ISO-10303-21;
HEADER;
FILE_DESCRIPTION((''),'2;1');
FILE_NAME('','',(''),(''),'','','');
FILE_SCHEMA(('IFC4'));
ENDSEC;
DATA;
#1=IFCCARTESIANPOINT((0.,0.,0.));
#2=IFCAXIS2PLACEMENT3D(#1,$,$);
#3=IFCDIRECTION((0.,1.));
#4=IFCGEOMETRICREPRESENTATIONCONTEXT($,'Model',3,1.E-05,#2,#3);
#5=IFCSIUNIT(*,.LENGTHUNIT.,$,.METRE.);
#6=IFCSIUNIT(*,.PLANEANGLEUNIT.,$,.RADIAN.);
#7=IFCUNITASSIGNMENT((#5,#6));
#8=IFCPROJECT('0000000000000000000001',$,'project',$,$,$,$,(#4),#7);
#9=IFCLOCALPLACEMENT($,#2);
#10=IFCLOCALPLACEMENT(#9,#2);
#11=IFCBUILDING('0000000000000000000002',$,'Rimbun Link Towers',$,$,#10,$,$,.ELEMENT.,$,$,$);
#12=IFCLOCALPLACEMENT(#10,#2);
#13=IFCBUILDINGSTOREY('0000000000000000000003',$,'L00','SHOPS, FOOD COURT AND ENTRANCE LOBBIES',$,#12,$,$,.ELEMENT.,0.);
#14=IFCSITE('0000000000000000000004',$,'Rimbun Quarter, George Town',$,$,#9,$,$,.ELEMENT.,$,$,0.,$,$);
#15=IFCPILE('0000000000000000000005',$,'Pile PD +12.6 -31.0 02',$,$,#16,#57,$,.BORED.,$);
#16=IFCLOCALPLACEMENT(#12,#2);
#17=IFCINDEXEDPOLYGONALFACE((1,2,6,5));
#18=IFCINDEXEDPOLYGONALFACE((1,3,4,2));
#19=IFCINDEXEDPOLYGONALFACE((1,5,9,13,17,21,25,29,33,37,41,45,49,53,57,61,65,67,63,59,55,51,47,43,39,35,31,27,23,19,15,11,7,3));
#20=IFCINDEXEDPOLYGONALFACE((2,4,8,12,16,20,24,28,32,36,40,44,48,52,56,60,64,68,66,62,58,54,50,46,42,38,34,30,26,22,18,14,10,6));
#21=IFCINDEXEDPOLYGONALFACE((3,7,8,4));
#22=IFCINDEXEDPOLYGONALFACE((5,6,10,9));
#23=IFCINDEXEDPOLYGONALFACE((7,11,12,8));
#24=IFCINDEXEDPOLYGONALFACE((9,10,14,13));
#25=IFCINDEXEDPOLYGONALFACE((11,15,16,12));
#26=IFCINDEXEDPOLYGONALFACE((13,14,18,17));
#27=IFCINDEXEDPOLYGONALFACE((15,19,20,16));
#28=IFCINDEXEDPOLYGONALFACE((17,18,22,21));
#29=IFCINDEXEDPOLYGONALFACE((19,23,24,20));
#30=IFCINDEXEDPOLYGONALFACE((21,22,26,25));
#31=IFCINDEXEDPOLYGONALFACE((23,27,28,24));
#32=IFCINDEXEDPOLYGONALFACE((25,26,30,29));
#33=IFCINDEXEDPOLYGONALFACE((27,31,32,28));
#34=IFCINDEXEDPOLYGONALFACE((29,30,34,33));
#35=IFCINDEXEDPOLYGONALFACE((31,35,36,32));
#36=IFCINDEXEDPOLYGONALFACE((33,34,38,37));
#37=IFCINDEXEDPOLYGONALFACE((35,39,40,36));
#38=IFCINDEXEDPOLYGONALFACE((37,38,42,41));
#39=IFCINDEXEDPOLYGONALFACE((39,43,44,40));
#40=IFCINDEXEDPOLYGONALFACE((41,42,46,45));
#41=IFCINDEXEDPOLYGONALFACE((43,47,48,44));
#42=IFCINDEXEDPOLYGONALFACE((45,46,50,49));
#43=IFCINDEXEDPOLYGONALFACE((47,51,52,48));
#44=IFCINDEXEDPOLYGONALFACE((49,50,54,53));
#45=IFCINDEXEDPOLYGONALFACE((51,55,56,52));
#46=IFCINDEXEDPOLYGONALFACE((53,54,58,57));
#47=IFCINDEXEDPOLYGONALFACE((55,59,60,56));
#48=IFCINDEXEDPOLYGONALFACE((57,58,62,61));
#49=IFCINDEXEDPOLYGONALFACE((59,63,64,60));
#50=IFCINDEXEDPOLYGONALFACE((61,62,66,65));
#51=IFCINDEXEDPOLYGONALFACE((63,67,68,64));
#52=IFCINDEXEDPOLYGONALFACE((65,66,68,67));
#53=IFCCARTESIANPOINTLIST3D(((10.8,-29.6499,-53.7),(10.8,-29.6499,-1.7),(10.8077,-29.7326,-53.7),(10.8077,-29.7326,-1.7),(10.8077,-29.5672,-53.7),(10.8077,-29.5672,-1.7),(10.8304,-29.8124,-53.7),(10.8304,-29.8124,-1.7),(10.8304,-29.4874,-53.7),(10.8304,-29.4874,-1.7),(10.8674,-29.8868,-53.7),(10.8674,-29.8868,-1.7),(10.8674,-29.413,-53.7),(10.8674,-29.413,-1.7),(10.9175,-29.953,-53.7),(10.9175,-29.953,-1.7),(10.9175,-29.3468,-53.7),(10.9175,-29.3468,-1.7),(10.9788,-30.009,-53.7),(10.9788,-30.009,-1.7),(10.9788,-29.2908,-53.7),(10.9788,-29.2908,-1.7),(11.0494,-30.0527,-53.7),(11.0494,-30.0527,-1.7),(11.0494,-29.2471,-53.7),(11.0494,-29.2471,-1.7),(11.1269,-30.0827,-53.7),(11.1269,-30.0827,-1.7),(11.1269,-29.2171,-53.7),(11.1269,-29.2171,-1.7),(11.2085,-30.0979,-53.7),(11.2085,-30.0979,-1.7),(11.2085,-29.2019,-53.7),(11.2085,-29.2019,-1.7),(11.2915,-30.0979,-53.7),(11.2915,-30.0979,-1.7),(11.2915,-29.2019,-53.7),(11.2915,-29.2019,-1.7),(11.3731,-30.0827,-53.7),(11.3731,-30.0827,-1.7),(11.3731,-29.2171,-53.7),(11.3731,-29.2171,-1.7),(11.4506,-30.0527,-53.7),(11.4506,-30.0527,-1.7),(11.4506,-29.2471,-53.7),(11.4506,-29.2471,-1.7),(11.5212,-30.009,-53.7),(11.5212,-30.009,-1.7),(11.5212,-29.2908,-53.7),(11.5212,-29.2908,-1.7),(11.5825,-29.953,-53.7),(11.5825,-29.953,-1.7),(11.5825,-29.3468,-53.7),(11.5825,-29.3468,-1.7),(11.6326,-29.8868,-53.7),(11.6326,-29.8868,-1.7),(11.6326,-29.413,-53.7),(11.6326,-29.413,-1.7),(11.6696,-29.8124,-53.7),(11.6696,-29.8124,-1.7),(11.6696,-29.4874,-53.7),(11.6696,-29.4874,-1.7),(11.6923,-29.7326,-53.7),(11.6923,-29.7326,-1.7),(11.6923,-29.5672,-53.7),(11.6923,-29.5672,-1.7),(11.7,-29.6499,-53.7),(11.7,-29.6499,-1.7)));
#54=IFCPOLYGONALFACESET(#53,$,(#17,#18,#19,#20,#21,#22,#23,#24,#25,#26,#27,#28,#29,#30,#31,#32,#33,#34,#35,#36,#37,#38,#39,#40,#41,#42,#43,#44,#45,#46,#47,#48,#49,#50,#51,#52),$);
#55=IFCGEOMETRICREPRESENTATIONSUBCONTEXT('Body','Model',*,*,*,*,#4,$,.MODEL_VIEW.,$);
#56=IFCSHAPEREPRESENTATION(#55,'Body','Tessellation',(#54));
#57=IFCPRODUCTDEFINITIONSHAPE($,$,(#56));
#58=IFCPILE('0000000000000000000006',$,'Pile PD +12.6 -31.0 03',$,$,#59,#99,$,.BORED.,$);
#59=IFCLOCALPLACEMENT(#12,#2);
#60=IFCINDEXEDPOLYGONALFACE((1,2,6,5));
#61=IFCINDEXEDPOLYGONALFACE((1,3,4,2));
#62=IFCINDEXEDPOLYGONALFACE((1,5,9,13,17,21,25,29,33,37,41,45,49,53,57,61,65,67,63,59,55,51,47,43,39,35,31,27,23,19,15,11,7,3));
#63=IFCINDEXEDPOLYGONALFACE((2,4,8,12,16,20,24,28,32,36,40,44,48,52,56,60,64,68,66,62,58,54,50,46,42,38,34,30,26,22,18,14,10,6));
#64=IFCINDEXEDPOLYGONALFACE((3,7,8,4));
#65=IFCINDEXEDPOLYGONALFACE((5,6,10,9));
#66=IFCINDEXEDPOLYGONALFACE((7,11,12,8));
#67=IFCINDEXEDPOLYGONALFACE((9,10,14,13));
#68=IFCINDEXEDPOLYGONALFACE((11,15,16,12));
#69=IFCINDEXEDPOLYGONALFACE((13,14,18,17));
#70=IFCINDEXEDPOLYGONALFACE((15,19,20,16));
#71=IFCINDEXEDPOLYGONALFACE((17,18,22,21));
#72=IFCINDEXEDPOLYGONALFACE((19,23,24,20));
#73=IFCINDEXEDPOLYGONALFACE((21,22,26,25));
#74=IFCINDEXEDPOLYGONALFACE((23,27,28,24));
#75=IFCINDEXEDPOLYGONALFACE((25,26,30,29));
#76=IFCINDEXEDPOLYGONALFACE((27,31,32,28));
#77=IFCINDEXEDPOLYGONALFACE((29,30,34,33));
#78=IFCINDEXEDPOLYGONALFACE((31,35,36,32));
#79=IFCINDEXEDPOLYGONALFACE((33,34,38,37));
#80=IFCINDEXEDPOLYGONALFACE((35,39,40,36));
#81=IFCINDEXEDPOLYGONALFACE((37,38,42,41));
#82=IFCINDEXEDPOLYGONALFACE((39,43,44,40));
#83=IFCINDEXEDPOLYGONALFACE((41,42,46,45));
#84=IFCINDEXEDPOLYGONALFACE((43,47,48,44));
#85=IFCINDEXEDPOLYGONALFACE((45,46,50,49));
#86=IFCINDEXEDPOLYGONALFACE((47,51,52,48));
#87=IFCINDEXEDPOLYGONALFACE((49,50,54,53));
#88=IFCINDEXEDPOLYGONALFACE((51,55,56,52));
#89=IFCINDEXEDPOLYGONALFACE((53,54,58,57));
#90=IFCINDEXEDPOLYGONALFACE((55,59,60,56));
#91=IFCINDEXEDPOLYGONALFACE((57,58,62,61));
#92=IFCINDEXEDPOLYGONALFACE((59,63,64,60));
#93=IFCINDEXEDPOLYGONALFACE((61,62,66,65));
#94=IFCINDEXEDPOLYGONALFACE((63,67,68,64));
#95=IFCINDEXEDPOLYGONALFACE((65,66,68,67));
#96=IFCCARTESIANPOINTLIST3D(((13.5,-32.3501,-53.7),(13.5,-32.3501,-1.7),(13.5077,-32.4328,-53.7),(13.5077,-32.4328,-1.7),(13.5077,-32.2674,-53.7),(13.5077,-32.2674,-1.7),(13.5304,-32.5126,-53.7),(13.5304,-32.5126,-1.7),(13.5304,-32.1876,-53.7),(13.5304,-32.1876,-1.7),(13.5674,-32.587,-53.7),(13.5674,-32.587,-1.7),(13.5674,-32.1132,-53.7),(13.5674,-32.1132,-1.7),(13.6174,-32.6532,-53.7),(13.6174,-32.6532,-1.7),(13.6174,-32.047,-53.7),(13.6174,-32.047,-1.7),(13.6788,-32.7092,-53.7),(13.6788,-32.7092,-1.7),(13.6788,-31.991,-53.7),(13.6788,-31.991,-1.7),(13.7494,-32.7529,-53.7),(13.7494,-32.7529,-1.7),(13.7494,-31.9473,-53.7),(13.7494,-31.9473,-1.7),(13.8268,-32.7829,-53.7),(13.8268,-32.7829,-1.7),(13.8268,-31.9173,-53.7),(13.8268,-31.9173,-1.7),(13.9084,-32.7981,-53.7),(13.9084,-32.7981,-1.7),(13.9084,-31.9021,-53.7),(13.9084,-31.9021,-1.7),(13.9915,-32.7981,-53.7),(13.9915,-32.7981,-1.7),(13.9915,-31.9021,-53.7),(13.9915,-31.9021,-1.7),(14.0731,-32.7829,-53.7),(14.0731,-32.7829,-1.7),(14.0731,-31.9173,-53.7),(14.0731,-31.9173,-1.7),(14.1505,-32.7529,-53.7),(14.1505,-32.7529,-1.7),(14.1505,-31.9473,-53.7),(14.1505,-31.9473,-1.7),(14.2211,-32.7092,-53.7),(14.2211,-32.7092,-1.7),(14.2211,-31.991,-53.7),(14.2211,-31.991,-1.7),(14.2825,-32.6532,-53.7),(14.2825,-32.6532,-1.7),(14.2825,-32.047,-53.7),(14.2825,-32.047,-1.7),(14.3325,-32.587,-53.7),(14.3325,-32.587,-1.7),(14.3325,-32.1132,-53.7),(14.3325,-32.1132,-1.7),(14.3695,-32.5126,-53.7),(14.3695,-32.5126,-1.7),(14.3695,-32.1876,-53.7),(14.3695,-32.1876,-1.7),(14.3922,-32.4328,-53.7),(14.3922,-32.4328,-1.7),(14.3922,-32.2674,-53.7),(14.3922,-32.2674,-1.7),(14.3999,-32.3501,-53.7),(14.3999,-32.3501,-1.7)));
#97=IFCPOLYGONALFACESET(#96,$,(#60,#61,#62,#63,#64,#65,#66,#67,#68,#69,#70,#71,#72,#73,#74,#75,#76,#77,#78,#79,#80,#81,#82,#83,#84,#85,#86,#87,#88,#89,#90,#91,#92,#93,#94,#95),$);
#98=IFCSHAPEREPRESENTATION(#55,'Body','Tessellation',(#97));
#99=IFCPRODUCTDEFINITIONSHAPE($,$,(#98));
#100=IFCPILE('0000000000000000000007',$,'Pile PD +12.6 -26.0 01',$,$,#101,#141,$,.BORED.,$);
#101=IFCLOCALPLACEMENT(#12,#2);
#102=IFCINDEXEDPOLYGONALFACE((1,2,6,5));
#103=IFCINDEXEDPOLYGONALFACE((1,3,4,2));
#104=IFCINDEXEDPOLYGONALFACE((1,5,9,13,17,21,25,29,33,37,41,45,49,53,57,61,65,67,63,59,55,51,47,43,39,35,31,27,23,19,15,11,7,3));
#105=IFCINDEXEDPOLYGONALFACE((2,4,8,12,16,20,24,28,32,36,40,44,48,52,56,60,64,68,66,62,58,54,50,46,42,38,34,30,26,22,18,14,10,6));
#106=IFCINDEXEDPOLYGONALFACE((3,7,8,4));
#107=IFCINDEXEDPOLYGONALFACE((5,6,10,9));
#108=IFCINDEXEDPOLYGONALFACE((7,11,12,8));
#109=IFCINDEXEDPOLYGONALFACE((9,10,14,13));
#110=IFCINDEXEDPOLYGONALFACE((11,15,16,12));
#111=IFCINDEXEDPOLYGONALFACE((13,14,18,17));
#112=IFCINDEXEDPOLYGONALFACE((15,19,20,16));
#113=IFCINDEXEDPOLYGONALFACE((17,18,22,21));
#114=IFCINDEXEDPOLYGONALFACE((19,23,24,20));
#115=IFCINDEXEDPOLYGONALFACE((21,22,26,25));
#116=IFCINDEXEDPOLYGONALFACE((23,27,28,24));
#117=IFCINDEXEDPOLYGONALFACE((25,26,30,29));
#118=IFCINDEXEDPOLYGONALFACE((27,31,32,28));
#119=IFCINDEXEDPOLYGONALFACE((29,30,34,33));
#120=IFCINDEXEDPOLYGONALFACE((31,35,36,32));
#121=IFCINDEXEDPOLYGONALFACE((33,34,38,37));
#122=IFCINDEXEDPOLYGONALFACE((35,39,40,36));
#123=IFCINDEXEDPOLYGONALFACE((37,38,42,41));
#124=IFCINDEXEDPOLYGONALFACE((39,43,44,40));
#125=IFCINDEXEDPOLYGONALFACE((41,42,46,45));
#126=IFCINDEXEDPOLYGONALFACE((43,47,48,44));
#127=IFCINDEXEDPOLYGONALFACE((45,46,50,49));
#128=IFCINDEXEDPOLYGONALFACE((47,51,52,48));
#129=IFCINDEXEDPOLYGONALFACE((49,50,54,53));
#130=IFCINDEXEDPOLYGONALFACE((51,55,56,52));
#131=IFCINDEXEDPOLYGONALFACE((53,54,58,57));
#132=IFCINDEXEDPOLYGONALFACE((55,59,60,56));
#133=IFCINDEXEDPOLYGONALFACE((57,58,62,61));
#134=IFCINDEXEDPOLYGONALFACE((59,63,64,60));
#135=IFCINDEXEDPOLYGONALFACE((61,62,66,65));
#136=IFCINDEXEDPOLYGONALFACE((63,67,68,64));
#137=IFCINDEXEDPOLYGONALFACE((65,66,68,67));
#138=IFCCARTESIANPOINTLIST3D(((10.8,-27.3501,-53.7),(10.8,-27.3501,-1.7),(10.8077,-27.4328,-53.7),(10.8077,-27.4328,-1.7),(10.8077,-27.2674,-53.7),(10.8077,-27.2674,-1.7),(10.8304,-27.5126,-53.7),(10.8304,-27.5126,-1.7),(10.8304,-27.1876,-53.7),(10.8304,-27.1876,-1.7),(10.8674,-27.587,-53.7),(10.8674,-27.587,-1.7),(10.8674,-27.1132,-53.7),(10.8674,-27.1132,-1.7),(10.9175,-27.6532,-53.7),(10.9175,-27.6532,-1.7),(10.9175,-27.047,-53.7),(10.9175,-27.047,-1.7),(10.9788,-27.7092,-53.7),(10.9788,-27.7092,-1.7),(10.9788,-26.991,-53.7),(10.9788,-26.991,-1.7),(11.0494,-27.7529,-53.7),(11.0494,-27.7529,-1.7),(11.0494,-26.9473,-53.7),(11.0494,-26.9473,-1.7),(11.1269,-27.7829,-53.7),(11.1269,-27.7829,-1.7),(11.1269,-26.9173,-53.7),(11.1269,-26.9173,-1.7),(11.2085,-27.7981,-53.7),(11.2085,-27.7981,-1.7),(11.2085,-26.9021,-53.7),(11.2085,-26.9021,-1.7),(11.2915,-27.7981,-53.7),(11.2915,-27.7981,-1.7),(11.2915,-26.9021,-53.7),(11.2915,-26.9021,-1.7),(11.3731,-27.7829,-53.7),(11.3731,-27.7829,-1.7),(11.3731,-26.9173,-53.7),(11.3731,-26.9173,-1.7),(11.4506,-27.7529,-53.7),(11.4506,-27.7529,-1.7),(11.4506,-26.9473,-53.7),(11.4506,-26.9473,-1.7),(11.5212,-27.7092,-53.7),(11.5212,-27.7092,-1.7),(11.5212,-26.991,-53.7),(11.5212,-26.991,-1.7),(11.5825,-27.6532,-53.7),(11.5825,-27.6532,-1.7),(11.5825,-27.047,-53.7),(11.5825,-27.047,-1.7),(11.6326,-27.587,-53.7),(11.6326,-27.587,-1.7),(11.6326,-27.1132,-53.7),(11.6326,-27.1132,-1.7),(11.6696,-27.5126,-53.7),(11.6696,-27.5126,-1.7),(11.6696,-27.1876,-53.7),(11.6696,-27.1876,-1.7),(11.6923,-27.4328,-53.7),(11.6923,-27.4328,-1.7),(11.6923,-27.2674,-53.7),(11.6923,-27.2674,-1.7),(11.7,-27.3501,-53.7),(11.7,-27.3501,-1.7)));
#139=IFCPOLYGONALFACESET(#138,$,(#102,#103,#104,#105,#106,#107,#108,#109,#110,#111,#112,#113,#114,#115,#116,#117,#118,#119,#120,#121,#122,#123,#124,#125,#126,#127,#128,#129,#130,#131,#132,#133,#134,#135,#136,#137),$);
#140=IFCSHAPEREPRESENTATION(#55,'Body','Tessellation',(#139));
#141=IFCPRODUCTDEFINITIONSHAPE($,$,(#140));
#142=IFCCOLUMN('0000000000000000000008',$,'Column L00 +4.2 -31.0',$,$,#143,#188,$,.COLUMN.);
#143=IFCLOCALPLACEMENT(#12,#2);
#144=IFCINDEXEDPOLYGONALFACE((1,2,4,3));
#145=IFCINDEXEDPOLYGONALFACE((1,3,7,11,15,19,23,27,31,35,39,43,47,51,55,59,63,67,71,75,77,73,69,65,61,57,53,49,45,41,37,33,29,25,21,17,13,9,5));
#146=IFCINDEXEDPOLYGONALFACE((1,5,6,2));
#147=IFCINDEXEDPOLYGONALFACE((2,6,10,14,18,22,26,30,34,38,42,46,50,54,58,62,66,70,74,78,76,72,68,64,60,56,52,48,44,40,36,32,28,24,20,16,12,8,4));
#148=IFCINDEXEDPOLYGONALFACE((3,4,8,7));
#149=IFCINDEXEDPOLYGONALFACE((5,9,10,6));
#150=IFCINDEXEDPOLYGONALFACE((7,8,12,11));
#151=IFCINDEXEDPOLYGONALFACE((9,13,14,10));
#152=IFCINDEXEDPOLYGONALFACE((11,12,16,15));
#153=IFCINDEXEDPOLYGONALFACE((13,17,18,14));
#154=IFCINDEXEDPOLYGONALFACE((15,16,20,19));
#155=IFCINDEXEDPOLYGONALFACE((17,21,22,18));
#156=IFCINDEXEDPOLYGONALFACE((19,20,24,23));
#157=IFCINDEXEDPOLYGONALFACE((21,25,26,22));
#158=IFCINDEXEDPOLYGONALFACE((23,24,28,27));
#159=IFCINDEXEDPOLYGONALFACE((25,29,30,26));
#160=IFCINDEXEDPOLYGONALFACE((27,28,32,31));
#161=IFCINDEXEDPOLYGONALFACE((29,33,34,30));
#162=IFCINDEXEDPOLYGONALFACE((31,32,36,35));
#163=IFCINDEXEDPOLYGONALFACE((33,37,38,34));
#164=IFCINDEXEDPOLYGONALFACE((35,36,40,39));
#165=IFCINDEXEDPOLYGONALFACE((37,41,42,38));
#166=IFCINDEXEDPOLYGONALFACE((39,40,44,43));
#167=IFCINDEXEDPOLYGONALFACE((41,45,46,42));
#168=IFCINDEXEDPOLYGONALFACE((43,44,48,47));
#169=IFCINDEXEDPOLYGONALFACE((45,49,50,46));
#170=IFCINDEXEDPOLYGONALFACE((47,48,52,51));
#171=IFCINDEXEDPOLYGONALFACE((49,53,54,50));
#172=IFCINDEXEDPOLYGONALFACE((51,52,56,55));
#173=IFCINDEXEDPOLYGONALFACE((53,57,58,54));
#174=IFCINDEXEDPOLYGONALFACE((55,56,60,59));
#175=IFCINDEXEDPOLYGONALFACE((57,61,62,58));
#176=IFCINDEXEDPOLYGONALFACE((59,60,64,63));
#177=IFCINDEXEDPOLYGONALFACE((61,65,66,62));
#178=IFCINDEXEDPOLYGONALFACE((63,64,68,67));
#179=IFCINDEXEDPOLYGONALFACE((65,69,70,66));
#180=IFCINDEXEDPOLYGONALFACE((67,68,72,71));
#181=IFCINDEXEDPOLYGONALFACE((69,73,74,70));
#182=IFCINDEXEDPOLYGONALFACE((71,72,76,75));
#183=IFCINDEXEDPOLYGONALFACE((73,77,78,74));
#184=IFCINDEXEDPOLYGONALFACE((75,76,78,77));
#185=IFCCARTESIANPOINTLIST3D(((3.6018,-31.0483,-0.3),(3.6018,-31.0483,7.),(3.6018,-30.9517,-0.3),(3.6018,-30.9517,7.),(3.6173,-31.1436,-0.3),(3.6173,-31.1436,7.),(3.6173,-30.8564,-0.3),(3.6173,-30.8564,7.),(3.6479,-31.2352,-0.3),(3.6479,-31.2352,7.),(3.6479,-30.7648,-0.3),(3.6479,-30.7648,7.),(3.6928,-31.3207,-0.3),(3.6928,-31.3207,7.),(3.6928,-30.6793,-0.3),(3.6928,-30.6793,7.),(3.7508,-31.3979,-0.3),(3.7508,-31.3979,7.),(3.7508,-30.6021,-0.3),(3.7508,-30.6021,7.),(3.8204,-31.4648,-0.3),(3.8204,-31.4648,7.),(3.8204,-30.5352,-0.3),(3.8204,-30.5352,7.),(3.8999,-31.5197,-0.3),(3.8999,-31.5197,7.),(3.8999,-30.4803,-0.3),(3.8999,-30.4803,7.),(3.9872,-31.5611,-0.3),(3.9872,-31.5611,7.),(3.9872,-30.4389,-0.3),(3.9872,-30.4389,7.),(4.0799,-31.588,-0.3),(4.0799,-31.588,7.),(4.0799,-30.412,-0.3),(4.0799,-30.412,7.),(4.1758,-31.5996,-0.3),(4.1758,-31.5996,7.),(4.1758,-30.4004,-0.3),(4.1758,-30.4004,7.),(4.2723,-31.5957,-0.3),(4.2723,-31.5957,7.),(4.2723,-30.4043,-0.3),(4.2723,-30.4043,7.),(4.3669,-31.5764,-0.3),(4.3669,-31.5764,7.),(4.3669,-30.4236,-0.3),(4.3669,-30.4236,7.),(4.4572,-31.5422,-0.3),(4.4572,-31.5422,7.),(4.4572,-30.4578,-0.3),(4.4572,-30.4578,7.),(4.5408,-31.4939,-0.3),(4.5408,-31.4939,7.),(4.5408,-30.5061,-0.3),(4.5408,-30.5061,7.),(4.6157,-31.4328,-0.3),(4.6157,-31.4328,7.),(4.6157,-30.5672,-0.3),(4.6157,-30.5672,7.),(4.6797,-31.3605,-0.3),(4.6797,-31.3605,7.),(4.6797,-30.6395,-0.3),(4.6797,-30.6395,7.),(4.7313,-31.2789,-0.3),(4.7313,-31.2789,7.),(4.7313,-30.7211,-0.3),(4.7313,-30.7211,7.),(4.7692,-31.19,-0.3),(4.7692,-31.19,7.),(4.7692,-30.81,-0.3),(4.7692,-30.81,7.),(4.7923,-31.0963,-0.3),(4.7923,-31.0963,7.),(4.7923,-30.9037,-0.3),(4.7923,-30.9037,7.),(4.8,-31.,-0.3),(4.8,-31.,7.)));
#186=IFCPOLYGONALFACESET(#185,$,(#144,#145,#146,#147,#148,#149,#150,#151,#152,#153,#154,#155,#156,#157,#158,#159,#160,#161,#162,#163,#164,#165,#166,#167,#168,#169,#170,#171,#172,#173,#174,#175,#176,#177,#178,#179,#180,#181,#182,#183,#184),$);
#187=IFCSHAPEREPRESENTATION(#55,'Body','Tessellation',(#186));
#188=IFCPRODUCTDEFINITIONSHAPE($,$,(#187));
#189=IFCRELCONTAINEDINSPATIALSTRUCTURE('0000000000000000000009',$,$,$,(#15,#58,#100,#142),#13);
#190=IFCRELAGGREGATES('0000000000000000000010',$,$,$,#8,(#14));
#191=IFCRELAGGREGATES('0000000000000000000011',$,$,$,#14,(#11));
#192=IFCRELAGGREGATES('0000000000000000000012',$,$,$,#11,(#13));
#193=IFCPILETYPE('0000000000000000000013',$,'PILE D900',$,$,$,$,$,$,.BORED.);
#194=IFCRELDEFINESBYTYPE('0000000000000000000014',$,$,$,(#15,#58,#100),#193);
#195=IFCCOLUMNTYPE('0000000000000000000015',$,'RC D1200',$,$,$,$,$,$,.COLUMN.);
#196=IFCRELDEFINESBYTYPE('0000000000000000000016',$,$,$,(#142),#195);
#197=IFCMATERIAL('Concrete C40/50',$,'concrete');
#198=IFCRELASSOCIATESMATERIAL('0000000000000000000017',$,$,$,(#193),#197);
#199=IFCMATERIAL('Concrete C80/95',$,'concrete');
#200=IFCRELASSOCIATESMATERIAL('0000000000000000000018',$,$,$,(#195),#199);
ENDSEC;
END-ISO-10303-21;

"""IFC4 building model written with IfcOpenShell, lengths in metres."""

from ifc_helpers import new_model, si_unit, direction, frame, origin, origin_2d, place, context, subcontext, project, spatial, circle, extrude, material, material_profile, profile_set, type_object, element, save


model = new_model("IFC4")

# Units and contexts
model_context = context("Model", 3, precision=1e-05, world=origin(), true_north=direction((0.0, 1.0)))
body_context = subcontext(model_context, "Body", "Model", "MODEL_VIEW")
ifc_project = project(units=[si_unit("LENGTHUNIT", "METRE"), si_unit("PLANEANGLEUNIT", "RADIAN")], contexts=[model_context])

# Site, building, storey
site_placement = place(None, origin())
site = spatial("IfcSite", under=ifc_project, at=site_placement, Name="Rimbun Quarter, George Town", CompositionType="ELEMENT", RefElevation=0.0)
building_placement = place(site_placement, origin())
building = spatial("IfcBuilding", under=site, at=building_placement, Name="Rimbun Link Towers", CompositionType="ELEMENT")
storey_placement = place(building_placement, origin())
storey = spatial("IfcBuildingStorey", under=building, at=storey_placement, Name="L00", Description="SHOPS, FOOD COURT AND ENTRANCE LOBBIES", CompositionType="ELEMENT", Elevation=0.0)

# Piles
ifc_material_1 = material(Name="Concrete C40/50", Category="concrete")
ifc_material_profile_1 = material_profile(ifc_material_1, circle(Radius=0.45, at=origin_2d()), Name="PILE D900")
ifc_profile_set_1 = profile_set([ifc_material_profile_1], Name="Concrete C40/50")
pile_type = type_object("IfcPileType", Name="PILE D900", PredefinedType="BORED", material=ifc_profile_set_1)
for number, where, z_axis, x_axis, name in (
    (1, (11.25, -29.6499, -1.7), (0.0, 0.0, -1.0), (1.0, 0.0, 0.0), "Pile PD +12.6 -31.0 02"),
    (2, (13.95, -32.3501, -1.7), (0.0, 0.0, -1.0), (1.0, 0.0, 0.0), "Pile PD +12.6 -31.0 03"),
    (3, (11.25, -27.3501, -1.7), (0.0, 0.0, -1.0), (1.0, 0.0, 0.0), "Pile PD +12.6 -26.0 01"),
):
    element("IfcPile", number, at=place(storey_placement, frame(where, z_axis=z_axis, x_axis=x_axis)), inside=storey, type_object=pile_type, Name=name, PredefinedType="BORED", context=body_context, shape_type="SweptSolid", body=[
        extrude(circle(Radius=0.45, at=origin_2d()), origin(), (0.0, 0.0, 1.0), 52.0),
    ])

# Column
ifc_material_2 = material(Name="Concrete C80/95", Category="concrete")
ifc_material_profile_2 = material_profile(ifc_material_2, circle(Radius=0.6001, at=origin_2d()), Name="RC D1200")
ifc_profile_set_2 = profile_set([ifc_material_profile_2], Name="Concrete C80/95")
column_type = type_object("IfcColumnType", Name="RC D1200", PredefinedType="COLUMN", material=ifc_profile_set_2)
for number, where, z_axis, x_axis, name in (
    (4, (4.2, -31.0, -0.3), (0.0, 0.0, 1.0), (1.0, 0.0, 0.0), "Column L00 +4.2 -31.0"),
):
    element("IfcColumn", number, at=place(storey_placement, frame(where, z_axis=z_axis, x_axis=x_axis)), inside=storey, type_object=column_type, Name=name, PredefinedType="COLUMN", context=body_context, shape_type="SweptSolid", body=[
        extrude(circle(Radius=0.6001, at=origin_2d()), origin(), (0.0, 0.0, 1.0), 7.3),
    ])

save(model, "model.ifc")
